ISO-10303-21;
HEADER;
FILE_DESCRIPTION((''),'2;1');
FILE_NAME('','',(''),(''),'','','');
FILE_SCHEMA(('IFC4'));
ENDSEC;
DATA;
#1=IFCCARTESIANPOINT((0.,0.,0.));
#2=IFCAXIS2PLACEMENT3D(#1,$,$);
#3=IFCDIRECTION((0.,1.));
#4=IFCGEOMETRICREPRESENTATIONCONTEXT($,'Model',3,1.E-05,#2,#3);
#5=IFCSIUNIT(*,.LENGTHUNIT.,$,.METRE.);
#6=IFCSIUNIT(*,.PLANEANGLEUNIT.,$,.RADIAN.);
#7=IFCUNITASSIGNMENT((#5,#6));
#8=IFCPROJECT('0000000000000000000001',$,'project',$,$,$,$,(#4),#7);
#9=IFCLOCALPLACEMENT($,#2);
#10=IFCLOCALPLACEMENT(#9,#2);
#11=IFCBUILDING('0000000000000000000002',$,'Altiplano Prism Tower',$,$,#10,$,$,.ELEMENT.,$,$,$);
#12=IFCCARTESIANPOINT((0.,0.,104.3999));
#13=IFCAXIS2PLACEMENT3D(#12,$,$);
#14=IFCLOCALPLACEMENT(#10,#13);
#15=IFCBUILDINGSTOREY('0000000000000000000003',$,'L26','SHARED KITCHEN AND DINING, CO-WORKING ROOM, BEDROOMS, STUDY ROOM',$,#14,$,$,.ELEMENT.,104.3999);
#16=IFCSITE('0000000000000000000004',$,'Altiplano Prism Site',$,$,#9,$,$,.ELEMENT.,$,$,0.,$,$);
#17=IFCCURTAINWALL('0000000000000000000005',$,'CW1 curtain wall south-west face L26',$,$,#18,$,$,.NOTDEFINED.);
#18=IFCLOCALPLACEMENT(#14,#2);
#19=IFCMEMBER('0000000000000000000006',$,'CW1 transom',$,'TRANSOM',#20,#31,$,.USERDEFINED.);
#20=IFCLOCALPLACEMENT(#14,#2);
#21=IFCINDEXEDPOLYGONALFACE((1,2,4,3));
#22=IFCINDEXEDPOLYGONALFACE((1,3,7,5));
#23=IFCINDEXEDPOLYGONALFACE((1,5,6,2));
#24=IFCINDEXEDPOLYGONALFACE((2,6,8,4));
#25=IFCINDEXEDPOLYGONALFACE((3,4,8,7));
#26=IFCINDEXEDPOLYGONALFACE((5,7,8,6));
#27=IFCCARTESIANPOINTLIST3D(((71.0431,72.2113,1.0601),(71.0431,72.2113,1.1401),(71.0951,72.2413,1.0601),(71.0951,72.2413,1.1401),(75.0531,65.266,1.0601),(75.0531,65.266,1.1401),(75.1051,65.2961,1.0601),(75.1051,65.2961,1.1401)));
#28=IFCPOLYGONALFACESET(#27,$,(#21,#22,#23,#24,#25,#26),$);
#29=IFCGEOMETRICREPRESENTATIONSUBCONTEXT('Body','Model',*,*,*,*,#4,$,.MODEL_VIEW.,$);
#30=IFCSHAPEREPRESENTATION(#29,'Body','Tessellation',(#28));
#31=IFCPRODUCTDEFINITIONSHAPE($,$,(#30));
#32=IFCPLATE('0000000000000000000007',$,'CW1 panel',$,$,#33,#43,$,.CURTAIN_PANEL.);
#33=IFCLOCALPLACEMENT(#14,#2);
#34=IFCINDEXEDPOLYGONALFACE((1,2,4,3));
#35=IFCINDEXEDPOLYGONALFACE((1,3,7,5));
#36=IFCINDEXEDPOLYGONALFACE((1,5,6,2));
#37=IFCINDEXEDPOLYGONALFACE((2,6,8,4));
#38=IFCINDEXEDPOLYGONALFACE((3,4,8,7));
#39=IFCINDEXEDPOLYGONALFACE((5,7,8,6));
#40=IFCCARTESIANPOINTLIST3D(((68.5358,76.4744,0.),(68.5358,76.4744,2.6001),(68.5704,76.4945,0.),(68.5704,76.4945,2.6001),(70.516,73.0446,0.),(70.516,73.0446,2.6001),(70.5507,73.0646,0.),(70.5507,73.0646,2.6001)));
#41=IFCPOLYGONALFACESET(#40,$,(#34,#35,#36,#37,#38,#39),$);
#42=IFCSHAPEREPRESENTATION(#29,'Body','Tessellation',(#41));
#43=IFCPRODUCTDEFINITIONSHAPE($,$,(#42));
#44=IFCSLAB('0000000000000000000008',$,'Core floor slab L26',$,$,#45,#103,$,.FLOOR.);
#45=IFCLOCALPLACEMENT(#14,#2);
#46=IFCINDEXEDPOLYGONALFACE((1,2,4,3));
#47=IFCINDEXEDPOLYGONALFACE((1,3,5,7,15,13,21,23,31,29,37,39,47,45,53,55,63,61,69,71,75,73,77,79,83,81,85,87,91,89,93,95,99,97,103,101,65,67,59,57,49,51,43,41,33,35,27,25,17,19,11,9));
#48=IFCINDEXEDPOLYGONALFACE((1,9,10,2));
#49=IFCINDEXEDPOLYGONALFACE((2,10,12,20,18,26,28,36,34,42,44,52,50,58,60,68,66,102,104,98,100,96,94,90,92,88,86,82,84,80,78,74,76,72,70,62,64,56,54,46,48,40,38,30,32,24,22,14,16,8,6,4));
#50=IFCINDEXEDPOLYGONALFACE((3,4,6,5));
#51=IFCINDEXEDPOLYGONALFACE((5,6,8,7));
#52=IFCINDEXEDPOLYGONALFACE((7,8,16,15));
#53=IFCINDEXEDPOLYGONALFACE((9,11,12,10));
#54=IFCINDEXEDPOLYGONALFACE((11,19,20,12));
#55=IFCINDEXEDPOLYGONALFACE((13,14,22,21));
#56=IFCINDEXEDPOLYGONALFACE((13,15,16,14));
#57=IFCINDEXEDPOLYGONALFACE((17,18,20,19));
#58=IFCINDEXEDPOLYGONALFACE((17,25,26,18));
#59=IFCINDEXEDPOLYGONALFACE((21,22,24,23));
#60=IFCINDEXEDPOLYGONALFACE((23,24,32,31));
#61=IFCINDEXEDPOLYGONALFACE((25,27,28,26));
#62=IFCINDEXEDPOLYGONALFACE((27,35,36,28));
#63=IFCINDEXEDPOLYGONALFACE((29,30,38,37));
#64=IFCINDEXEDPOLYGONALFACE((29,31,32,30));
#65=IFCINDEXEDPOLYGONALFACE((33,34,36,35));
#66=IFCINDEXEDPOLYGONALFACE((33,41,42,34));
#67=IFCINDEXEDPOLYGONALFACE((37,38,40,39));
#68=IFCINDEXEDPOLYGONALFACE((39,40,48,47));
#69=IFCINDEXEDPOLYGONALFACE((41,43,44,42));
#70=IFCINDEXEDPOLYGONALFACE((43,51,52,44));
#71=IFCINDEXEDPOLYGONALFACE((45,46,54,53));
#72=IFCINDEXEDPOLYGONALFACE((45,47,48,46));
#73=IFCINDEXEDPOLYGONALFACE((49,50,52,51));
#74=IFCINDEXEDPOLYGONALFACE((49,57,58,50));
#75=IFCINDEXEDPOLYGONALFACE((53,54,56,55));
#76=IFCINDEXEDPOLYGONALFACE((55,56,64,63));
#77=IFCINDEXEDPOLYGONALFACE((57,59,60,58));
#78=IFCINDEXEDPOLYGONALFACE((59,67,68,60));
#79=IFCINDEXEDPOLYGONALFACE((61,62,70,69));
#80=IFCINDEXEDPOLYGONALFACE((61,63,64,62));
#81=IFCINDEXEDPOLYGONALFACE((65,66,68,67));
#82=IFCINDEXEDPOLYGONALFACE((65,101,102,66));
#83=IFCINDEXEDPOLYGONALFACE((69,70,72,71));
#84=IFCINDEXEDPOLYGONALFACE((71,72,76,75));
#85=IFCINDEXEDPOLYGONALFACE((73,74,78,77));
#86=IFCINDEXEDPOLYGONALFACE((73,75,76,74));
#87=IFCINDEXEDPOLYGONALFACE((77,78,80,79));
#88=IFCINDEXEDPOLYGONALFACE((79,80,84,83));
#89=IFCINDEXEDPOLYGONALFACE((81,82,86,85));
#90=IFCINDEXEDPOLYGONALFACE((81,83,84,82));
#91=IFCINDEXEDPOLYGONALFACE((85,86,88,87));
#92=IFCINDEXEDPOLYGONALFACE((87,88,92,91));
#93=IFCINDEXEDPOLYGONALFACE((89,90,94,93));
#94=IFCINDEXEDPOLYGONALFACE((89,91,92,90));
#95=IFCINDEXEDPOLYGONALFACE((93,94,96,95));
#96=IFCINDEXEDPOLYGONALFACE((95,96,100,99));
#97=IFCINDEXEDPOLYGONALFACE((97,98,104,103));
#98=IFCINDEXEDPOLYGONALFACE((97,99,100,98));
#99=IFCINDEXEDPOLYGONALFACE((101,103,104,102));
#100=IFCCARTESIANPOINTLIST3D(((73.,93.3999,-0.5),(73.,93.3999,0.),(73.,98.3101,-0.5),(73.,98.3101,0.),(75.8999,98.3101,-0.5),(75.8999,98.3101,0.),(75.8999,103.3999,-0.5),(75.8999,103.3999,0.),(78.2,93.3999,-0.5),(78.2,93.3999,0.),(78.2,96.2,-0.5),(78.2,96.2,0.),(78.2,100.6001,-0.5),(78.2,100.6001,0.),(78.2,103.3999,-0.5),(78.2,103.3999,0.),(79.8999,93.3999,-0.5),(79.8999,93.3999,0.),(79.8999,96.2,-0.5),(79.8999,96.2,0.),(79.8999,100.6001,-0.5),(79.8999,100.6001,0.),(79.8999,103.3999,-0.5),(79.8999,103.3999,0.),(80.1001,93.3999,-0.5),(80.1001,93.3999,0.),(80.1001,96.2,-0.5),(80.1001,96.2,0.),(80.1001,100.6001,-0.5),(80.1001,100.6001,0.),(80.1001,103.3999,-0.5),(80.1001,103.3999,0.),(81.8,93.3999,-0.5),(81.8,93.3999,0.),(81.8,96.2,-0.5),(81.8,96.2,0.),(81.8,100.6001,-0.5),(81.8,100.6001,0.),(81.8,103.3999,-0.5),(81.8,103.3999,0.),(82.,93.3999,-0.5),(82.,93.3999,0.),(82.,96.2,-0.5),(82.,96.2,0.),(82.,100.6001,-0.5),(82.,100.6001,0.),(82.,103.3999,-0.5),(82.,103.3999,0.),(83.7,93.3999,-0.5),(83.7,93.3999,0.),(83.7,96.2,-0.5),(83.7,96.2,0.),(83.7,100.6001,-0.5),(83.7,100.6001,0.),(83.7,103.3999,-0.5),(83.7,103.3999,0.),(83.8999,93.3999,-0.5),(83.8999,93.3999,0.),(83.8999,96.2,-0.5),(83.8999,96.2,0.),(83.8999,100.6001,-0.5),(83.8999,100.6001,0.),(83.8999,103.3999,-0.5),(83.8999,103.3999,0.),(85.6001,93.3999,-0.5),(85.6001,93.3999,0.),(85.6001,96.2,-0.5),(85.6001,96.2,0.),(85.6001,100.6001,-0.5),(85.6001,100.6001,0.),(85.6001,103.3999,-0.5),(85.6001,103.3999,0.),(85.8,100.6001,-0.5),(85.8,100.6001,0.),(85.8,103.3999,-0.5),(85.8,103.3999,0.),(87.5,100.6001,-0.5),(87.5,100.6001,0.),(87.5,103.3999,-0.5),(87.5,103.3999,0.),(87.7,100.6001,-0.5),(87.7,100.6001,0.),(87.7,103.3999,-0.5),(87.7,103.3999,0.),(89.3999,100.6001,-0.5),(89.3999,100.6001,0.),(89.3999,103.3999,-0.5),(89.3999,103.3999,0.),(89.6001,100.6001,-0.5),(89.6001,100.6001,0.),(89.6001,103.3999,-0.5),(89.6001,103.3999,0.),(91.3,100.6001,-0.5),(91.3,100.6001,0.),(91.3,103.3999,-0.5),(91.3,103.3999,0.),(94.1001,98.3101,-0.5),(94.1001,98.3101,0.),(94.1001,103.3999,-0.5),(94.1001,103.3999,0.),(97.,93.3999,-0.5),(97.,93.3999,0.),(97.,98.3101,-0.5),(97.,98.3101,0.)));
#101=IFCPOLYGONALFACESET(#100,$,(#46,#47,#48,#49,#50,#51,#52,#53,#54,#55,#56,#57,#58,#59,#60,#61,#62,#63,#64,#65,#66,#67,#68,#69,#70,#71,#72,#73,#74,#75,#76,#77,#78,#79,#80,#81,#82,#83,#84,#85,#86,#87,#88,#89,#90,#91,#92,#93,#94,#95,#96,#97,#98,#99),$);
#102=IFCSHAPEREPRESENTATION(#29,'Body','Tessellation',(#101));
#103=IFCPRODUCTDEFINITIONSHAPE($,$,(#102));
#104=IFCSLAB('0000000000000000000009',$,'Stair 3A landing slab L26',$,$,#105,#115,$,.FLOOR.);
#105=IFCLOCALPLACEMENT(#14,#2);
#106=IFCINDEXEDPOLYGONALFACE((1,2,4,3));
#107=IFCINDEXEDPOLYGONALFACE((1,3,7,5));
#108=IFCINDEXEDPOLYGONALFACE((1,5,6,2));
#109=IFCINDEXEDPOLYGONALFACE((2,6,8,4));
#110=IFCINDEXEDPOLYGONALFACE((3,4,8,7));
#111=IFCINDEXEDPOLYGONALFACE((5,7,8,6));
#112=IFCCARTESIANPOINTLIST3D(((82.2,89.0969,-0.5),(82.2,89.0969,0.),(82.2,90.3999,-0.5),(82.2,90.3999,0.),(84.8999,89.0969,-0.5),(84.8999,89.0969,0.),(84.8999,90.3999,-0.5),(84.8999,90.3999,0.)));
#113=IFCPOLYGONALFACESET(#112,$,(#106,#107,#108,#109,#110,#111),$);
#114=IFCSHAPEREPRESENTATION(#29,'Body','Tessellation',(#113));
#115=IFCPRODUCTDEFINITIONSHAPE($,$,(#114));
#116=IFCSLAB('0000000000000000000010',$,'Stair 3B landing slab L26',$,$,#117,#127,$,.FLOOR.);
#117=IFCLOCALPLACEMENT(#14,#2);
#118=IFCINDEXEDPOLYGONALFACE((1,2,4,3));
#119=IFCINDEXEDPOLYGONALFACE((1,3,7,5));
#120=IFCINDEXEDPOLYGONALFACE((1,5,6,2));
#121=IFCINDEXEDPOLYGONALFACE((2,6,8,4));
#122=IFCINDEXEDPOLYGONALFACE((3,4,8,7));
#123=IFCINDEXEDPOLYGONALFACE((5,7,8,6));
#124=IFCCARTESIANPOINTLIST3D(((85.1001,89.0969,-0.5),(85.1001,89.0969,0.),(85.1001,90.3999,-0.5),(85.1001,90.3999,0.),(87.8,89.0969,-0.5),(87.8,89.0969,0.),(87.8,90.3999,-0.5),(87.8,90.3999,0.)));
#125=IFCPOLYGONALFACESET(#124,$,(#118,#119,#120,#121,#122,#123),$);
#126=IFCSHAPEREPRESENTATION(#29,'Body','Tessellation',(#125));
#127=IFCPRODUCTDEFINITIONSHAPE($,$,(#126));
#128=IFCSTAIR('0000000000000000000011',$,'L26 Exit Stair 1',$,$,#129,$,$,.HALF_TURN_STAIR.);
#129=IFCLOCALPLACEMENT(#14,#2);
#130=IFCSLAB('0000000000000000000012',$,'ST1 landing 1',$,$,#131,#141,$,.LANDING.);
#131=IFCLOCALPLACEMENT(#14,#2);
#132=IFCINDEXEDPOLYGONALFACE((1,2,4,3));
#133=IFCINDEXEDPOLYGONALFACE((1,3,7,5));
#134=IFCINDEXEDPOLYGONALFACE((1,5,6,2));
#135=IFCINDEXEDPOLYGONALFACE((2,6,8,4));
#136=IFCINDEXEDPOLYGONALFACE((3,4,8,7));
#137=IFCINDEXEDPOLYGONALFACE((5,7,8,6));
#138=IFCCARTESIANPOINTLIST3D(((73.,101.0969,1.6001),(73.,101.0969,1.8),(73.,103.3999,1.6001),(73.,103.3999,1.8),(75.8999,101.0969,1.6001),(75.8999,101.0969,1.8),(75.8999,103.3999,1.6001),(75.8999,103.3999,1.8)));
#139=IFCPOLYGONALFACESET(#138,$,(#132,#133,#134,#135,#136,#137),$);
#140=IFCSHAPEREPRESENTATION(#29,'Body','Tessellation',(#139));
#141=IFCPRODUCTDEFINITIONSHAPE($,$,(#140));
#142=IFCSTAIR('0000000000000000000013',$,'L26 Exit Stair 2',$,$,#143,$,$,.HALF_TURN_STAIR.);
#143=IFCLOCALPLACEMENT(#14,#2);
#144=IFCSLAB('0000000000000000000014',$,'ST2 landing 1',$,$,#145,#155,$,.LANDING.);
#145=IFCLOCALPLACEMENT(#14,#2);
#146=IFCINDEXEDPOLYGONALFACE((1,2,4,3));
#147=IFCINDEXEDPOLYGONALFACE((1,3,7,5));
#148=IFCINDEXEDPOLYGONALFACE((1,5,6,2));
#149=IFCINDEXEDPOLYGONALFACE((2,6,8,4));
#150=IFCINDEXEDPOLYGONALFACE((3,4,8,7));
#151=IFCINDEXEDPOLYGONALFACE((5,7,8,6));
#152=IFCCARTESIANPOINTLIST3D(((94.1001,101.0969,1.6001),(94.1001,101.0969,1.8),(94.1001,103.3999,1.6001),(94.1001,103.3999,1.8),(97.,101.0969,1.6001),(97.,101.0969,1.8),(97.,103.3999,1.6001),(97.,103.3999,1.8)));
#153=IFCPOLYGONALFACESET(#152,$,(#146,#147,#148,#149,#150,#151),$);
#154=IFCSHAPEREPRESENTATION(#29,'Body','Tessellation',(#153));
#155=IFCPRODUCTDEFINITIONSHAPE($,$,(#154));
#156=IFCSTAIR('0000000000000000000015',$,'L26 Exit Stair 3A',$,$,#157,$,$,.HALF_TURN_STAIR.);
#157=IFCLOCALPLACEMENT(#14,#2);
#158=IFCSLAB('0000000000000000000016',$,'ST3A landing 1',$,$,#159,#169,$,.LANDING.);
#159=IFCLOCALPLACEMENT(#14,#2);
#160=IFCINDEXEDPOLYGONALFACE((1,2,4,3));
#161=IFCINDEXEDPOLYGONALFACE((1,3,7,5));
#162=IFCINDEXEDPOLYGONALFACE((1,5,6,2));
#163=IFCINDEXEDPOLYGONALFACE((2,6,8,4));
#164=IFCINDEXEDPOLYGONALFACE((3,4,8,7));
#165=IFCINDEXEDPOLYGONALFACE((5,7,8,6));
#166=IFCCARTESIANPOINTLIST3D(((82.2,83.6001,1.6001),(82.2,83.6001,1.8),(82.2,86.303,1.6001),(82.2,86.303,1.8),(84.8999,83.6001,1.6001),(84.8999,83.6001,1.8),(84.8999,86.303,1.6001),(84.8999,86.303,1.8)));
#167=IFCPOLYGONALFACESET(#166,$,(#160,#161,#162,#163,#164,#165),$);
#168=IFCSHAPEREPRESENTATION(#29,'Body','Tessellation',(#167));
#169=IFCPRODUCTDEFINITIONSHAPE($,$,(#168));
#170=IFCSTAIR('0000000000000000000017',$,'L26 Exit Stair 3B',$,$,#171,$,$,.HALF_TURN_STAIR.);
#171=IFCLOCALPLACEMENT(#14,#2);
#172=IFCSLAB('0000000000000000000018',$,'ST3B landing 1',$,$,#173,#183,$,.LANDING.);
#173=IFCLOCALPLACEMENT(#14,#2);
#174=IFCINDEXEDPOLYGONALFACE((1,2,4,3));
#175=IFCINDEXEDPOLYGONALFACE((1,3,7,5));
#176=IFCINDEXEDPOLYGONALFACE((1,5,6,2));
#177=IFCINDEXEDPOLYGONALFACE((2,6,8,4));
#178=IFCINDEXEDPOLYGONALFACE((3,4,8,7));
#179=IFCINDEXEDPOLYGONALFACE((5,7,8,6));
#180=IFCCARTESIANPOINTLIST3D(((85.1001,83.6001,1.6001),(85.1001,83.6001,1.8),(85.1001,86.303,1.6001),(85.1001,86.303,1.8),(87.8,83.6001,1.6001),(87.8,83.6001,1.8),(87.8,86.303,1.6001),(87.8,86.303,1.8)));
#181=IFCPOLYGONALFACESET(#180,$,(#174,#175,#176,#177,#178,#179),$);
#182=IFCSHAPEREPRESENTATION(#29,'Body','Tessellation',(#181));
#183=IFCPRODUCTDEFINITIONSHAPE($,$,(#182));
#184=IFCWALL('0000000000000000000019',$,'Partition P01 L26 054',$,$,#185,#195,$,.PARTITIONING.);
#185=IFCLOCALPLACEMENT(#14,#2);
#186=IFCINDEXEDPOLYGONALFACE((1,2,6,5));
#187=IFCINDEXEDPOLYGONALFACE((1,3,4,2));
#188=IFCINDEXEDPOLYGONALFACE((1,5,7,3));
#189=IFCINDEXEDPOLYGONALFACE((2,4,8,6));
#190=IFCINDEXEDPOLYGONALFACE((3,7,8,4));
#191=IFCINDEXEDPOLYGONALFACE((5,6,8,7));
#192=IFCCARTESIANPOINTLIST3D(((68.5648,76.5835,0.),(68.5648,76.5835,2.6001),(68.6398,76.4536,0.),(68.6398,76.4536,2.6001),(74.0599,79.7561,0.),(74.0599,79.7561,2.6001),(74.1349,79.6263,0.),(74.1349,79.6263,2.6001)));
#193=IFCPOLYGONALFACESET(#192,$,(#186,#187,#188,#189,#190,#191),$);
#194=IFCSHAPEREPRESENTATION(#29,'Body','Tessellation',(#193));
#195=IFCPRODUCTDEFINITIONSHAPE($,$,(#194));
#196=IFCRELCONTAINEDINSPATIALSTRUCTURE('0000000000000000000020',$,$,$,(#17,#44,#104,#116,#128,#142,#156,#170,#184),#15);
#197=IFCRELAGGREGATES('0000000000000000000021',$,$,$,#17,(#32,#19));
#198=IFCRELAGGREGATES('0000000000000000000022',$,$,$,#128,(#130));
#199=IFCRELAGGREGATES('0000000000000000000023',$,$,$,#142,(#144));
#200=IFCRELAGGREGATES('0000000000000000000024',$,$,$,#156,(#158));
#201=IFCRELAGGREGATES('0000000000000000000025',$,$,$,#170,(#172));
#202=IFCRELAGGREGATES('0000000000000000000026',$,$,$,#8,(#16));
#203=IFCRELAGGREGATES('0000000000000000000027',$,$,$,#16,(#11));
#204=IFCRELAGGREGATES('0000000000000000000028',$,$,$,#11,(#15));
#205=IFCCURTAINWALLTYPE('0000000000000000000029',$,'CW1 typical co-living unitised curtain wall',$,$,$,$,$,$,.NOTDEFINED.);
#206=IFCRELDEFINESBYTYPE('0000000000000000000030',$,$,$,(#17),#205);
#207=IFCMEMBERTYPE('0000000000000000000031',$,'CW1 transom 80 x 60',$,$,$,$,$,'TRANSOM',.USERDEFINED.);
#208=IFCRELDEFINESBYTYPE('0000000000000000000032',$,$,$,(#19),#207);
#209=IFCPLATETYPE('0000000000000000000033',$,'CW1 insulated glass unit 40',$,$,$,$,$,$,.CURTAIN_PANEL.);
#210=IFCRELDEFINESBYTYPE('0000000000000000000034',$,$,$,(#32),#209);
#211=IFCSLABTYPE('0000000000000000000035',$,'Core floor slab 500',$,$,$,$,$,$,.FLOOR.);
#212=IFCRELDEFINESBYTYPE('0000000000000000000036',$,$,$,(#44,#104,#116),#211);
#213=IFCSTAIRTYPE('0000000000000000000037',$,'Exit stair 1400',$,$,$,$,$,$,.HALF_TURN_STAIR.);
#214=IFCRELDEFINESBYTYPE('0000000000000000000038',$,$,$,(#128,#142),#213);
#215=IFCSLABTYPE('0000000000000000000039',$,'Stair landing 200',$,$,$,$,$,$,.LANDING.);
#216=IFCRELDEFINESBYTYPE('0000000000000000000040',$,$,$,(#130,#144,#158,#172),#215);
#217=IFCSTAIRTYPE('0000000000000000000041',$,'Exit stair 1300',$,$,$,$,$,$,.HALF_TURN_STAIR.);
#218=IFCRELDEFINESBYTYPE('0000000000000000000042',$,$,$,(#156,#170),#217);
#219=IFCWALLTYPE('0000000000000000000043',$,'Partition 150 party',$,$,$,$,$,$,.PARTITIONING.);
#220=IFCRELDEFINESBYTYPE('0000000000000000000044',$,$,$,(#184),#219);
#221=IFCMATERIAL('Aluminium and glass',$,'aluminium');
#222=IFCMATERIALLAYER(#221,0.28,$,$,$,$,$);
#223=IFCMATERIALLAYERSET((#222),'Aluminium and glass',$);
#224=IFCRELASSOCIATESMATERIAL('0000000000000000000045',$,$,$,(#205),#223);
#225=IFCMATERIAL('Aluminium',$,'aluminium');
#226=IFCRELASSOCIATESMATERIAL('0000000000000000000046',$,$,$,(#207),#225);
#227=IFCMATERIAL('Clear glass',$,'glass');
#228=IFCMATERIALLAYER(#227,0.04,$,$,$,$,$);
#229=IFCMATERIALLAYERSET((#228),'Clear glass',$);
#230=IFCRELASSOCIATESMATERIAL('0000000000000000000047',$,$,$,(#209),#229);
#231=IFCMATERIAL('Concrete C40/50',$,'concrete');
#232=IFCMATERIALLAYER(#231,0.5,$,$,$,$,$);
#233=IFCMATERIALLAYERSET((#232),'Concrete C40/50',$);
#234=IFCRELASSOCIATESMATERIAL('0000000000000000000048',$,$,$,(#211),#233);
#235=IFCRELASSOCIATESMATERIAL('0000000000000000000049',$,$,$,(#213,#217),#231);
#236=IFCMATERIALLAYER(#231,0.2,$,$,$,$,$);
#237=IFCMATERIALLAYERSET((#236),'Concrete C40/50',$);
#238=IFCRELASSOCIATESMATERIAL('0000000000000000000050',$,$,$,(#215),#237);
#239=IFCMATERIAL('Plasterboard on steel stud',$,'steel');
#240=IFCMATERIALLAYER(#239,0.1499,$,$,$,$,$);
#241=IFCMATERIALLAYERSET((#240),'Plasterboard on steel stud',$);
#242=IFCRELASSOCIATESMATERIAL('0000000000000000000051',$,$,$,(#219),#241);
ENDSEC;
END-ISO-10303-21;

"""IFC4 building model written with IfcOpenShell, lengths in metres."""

from ifc_helpers import new_model, si_unit, direction, frame, frame_2d, origin, origin_2d, place, context, subcontext, project, spatial, polyline, rectangle, outline, extrude, material, layer, layer_set, material_profile, profile_set, type_object, element, aggregate, save


model = new_model("IFC4")

# Units and contexts
model_context = context("Model", 3, precision=1e-05, world=origin(), true_north=direction((0.0, 1.0)))
body_context = subcontext(model_context, "Body", "Model", "MODEL_VIEW")
ifc_project = project(units=[si_unit("LENGTHUNIT", "METRE"), si_unit("PLANEANGLEUNIT", "RADIAN")], contexts=[model_context])

# Site, building, storey
site_placement = place(None, origin())
site = spatial("IfcSite", under=ifc_project, at=site_placement, Name="Altiplano Prism Site", CompositionType="ELEMENT", RefElevation=0.0)
building_placement = place(site_placement, origin())
building = spatial("IfcBuilding", under=site, at=building_placement, Name="Altiplano Prism Tower", CompositionType="ELEMENT")
storey_placement = place(building_placement, frame((0.0, 0.0, 104.3999)))
storey = spatial("IfcBuildingStorey", under=building, at=storey_placement, Name="L26", Description="SHARED KITCHEN AND DINING, CO-WORKING ROOM, BEDROOMS, STUDY ROOM", CompositionType="ELEMENT", Elevation=104.3999)

# Curtain wall, member, plate
ifc_material_1 = material(Name="Aluminium and glass", Category="aluminium")
ifc_layer_1 = layer(ifc_material_1, 0.28)
ifc_layer_set_1 = layer_set([ifc_layer_1], Name="Aluminium and glass")
curtain_wall_type = type_object("IfcCurtainWallType", Name="CW1 typical co-living unitised curtain wall", PredefinedType="NOTDEFINED", material=ifc_layer_set_1)
curtain_wall_placement = place(storey_placement, origin())
curtain_wall = element("IfcCurtainWall", 1, at=curtain_wall_placement, inside=storey, type_object=curtain_wall_type, Name="CW1 curtain wall south-west face L26", PredefinedType="NOTDEFINED")
ifc_material_2 = material(Name="Aluminium", Category="aluminium")
ifc_material_profile = material_profile(ifc_material_2, rectangle(XDim=0.0601, YDim=0.0801, at=origin_2d()), Name="CW1 transom 80 x 60")
ifc_profile_set = profile_set([ifc_material_profile], Name="Aluminium")
member_type = type_object("IfcMemberType", Name="CW1 transom 80 x 60", ElementType="TRANSOM", PredefinedType="USERDEFINED", material=ifc_profile_set)
member_placement = place(storey_placement, frame((71.0691, 72.2263, 1.1001), z_axis=(0.500012, -0.866018, 0.0), x_axis=(0.866018, 0.500012, 0.0)))
member = element("IfcMember", 2, at=member_placement, type_object=member_type, Name="CW1 transom", ObjectType="TRANSOM", PredefinedType="USERDEFINED", context=body_context, shape_type="SweptSolid", body=[
    extrude(rectangle(XDim=0.0601, YDim=0.0801, at=origin_2d()), origin(), (0.0, 0.0, 1.0), 8.0198),
])
ifc_material_3 = material(Name="Clear glass", Category="glass")
ifc_layer_2 = layer(ifc_material_3, 0.04)
ifc_layer_set_2 = layer_set([ifc_layer_2], Name="Clear glass")
plate_type = type_object("IfcPlateType", Name="CW1 insulated glass unit 40", PredefinedType="CURTAIN_PANEL", material=ifc_layer_set_2)
plate_placement = place(storey_placement, frame((69.5432, 74.7695, 0.0), z_axis=(0.0, 0.0, 1.0), x_axis=(0.5, -0.866025, 0.0)))
plate = element("IfcPlate", 3, at=plate_placement, type_object=plate_type, Name="CW1 panel", PredefinedType="CURTAIN_PANEL", context=body_context, shape_type="SweptSolid", body=[
    extrude(rectangle(XDim=3.9604, YDim=0.04, at=origin_2d()), origin(), (0.0, 0.0, 1.0), 2.6001),
])
aggregate(curtain_wall, [plate, member])

# Slabs
ifc_material_4 = material(Name="Concrete C40/50", Category="concrete")
ifc_layer_3 = layer(ifc_material_4, 0.5)
ifc_layer_set_3 = layer_set([ifc_layer_3], Name="Concrete C40/50")
slab_type_1 = type_object("IfcSlabType", Name="Core floor slab 500", PredefinedType="FLOOR", material=ifc_layer_set_3)
slab_1_placement = place(storey_placement, frame((0.0, 0.0, -0.5)))
element("IfcSlab", 4, at=slab_1_placement, inside=storey, type_object=slab_type_1, Name="Core floor slab L26", PredefinedType="FLOOR", context=body_context, shape_type="SweptSolid", body=[
    extrude(outline(polyline([(97.0, 98.3101), (94.1001, 98.3101), (94.1001, 103.3999), (91.3, 103.3999), (91.3, 100.6001), (89.6001, 100.6001), (89.6001, 103.3999), (89.3999, 103.3999), (89.3999, 100.6001), (87.7, 100.6001), (87.7, 103.3999), (87.5, 103.3999), (87.5, 100.6001), (85.8, 100.6001), (85.8, 103.3999), (85.6001, 103.3999), (85.6001, 100.6001), (83.8999, 100.6001), (83.8999, 103.3999), (83.7, 103.3999), (83.7, 100.6001), (82.0, 100.6001), (82.0, 103.3999), (81.8, 103.3999), (81.8, 100.6001), (80.1001, 100.6001), (80.1001, 103.3999), (79.8999, 103.3999), (79.8999, 100.6001), (78.2, 100.6001), (78.2, 103.3999), (75.8999, 103.3999), (75.8999, 98.3101), (73.0, 98.3101), (73.0, 93.3999), (78.2, 93.3999), (78.2, 96.2), (79.8999, 96.2), (79.8999, 93.3999), (80.1001, 93.3999), (80.1001, 96.2), (81.8, 96.2), (81.8, 93.3999), (82.0, 93.3999), (82.0, 96.2), (83.7, 96.2), (83.7, 93.3999), (83.8999, 93.3999), (83.8999, 96.2), (85.6001, 96.2), (85.6001, 93.3999), (97.0, 93.3999), (97.0, 98.3101)])), origin(), (0.0, 0.0, 1.0), 0.5),
])
slab_2_placement = place(storey_placement, frame((0.0, 0.0, -0.5)))
element("IfcSlab", 5, at=slab_2_placement, inside=storey, type_object=slab_type_1, Name="Stair 3A landing slab L26", PredefinedType="FLOOR", context=body_context, shape_type="SweptSolid", body=[
    extrude(outline(polyline([(82.2, 89.0969), (84.8999, 89.0969), (84.8999, 90.3999), (82.2, 90.3999), (82.2, 89.0969)])), origin(), (0.0, 0.0, 1.0), 0.5),
])
slab_3_placement = place(storey_placement, frame((0.0, 0.0, -0.5)))
element("IfcSlab", 6, at=slab_3_placement, inside=storey, type_object=slab_type_1, Name="Stair 3B landing slab L26", PredefinedType="FLOOR", context=body_context, shape_type="SweptSolid", body=[
    extrude(outline(polyline([(85.1001, 89.0969), (87.8, 89.0969), (87.8, 90.3999), (85.1001, 90.3999), (85.1001, 89.0969)])), origin(), (0.0, 0.0, 1.0), 0.5),
])

# Stairs, slabs
stair_type_1 = type_object("IfcStairType", Name="Exit stair 1400", PredefinedType="HALF_TURN_STAIR", material=ifc_material_4)
stair_1_placement = place(storey_placement, origin())
stair_1 = element("IfcStair", 7, at=stair_1_placement, inside=storey, type_object=stair_type_1, Name="L26 Exit Stair 1", PredefinedType="HALF_TURN_STAIR")
ifc_layer_4 = layer(ifc_material_4, 0.2)
ifc_layer_set_4 = layer_set([ifc_layer_4], Name="Concrete C40/50")
slab_type_2 = type_object("IfcSlabType", Name="Stair landing 200", PredefinedType="LANDING", material=ifc_layer_set_4)
slab_4_placement = place(storey_placement, frame((0.0, 0.0, 1.6001)))
slab_4 = element("IfcSlab", 8, at=slab_4_placement, type_object=slab_type_2, Name="ST1 landing 1", PredefinedType="LANDING", context=body_context, shape_type="SweptSolid", body=[
    extrude(outline(polyline([(75.8999, 101.0969), (75.8999, 103.3999), (73.0, 103.3999), (73.0, 101.0969), (75.8999, 101.0969)])), origin(), (0.0, 0.0, 1.0), 0.2),
])
aggregate(stair_1, [slab_4])
stair_2_placement = place(storey_placement, origin())
stair_2 = element("IfcStair", 9, at=stair_2_placement, inside=storey, type_object=stair_type_1, Name="L26 Exit Stair 2", PredefinedType="HALF_TURN_STAIR")
slab_5_placement = place(storey_placement, frame((0.0, 0.0, 1.6001)))
slab_5 = element("IfcSlab", 10, at=slab_5_placement, type_object=slab_type_2, Name="ST2 landing 1", PredefinedType="LANDING", context=body_context, shape_type="SweptSolid", body=[
    extrude(outline(polyline([(97.0, 101.0969), (97.0, 103.3999), (94.1001, 103.3999), (94.1001, 101.0969), (97.0, 101.0969)])), origin(), (0.0, 0.0, 1.0), 0.2),
])
aggregate(stair_2, [slab_5])
stair_type_2 = type_object("IfcStairType", Name="Exit stair 1300", PredefinedType="HALF_TURN_STAIR", material=ifc_material_4)
stair_3_placement = place(storey_placement, origin())
stair_3 = element("IfcStair", 11, at=stair_3_placement, inside=storey, type_object=stair_type_2, Name="L26 Exit Stair 3A", PredefinedType="HALF_TURN_STAIR")
slab_6_placement = place(storey_placement, frame((0.0, 0.0, 1.6001)))
slab_6 = element("IfcSlab", 12, at=slab_6_placement, type_object=slab_type_2, Name="ST3A landing 1", PredefinedType="LANDING", context=body_context, shape_type="SweptSolid", body=[
    extrude(outline(polyline([(82.2, 86.303), (82.2, 83.6001), (84.8999, 83.6001), (84.8999, 86.303), (82.2, 86.303)])), origin(), (0.0, 0.0, 1.0), 0.2),
])
aggregate(stair_3, [slab_6])
stair_4_placement = place(storey_placement, origin())
stair_4 = element("IfcStair", 13, at=stair_4_placement, inside=storey, type_object=stair_type_2, Name="L26 Exit Stair 3B", PredefinedType="HALF_TURN_STAIR")
slab_7_placement = place(storey_placement, frame((0.0, 0.0, 1.6001)))
slab_7 = element("IfcSlab", 14, at=slab_7_placement, type_object=slab_type_2, Name="ST3B landing 1", PredefinedType="LANDING", context=body_context, shape_type="SweptSolid", body=[
    extrude(outline(polyline([(85.1001, 86.303), (85.1001, 83.6001), (87.8, 83.6001), (87.8, 86.303), (85.1001, 86.303)])), origin(), (0.0, 0.0, 1.0), 0.2),
])
aggregate(stair_4, [slab_7])

# Wall
ifc_material_5 = material(Name="Plasterboard on steel stud", Category="steel")
ifc_layer_5 = layer(ifc_material_5, 0.1499)
ifc_layer_set_5 = layer_set([ifc_layer_5], Name="Plasterboard on steel stud")
wall_type = type_object("IfcWallType", Name="Partition 150 party", PredefinedType="PARTITIONING", material=ifc_layer_set_5)
wall_1_placement = place(storey_placement, frame((68.6023, 76.5186, 0.0), z_axis=(0.0, 0.0, 1.0), x_axis=(0.866025, 0.5, 0.0)))
element("IfcWall", 15, at=wall_1_placement, inside=storey, type_object=wall_type, Name="Partition P01 L26 054", PredefinedType="PARTITIONING", context=body_context, shape_type="SweptSolid", body=[
    extrude(rectangle(XDim=6.3452, YDim=0.1499, at=frame_2d((3.1726, 0.0))), origin(), (0.0, 0.0, 1.0), 2.6001),
])

save(model, "model.ifc")
